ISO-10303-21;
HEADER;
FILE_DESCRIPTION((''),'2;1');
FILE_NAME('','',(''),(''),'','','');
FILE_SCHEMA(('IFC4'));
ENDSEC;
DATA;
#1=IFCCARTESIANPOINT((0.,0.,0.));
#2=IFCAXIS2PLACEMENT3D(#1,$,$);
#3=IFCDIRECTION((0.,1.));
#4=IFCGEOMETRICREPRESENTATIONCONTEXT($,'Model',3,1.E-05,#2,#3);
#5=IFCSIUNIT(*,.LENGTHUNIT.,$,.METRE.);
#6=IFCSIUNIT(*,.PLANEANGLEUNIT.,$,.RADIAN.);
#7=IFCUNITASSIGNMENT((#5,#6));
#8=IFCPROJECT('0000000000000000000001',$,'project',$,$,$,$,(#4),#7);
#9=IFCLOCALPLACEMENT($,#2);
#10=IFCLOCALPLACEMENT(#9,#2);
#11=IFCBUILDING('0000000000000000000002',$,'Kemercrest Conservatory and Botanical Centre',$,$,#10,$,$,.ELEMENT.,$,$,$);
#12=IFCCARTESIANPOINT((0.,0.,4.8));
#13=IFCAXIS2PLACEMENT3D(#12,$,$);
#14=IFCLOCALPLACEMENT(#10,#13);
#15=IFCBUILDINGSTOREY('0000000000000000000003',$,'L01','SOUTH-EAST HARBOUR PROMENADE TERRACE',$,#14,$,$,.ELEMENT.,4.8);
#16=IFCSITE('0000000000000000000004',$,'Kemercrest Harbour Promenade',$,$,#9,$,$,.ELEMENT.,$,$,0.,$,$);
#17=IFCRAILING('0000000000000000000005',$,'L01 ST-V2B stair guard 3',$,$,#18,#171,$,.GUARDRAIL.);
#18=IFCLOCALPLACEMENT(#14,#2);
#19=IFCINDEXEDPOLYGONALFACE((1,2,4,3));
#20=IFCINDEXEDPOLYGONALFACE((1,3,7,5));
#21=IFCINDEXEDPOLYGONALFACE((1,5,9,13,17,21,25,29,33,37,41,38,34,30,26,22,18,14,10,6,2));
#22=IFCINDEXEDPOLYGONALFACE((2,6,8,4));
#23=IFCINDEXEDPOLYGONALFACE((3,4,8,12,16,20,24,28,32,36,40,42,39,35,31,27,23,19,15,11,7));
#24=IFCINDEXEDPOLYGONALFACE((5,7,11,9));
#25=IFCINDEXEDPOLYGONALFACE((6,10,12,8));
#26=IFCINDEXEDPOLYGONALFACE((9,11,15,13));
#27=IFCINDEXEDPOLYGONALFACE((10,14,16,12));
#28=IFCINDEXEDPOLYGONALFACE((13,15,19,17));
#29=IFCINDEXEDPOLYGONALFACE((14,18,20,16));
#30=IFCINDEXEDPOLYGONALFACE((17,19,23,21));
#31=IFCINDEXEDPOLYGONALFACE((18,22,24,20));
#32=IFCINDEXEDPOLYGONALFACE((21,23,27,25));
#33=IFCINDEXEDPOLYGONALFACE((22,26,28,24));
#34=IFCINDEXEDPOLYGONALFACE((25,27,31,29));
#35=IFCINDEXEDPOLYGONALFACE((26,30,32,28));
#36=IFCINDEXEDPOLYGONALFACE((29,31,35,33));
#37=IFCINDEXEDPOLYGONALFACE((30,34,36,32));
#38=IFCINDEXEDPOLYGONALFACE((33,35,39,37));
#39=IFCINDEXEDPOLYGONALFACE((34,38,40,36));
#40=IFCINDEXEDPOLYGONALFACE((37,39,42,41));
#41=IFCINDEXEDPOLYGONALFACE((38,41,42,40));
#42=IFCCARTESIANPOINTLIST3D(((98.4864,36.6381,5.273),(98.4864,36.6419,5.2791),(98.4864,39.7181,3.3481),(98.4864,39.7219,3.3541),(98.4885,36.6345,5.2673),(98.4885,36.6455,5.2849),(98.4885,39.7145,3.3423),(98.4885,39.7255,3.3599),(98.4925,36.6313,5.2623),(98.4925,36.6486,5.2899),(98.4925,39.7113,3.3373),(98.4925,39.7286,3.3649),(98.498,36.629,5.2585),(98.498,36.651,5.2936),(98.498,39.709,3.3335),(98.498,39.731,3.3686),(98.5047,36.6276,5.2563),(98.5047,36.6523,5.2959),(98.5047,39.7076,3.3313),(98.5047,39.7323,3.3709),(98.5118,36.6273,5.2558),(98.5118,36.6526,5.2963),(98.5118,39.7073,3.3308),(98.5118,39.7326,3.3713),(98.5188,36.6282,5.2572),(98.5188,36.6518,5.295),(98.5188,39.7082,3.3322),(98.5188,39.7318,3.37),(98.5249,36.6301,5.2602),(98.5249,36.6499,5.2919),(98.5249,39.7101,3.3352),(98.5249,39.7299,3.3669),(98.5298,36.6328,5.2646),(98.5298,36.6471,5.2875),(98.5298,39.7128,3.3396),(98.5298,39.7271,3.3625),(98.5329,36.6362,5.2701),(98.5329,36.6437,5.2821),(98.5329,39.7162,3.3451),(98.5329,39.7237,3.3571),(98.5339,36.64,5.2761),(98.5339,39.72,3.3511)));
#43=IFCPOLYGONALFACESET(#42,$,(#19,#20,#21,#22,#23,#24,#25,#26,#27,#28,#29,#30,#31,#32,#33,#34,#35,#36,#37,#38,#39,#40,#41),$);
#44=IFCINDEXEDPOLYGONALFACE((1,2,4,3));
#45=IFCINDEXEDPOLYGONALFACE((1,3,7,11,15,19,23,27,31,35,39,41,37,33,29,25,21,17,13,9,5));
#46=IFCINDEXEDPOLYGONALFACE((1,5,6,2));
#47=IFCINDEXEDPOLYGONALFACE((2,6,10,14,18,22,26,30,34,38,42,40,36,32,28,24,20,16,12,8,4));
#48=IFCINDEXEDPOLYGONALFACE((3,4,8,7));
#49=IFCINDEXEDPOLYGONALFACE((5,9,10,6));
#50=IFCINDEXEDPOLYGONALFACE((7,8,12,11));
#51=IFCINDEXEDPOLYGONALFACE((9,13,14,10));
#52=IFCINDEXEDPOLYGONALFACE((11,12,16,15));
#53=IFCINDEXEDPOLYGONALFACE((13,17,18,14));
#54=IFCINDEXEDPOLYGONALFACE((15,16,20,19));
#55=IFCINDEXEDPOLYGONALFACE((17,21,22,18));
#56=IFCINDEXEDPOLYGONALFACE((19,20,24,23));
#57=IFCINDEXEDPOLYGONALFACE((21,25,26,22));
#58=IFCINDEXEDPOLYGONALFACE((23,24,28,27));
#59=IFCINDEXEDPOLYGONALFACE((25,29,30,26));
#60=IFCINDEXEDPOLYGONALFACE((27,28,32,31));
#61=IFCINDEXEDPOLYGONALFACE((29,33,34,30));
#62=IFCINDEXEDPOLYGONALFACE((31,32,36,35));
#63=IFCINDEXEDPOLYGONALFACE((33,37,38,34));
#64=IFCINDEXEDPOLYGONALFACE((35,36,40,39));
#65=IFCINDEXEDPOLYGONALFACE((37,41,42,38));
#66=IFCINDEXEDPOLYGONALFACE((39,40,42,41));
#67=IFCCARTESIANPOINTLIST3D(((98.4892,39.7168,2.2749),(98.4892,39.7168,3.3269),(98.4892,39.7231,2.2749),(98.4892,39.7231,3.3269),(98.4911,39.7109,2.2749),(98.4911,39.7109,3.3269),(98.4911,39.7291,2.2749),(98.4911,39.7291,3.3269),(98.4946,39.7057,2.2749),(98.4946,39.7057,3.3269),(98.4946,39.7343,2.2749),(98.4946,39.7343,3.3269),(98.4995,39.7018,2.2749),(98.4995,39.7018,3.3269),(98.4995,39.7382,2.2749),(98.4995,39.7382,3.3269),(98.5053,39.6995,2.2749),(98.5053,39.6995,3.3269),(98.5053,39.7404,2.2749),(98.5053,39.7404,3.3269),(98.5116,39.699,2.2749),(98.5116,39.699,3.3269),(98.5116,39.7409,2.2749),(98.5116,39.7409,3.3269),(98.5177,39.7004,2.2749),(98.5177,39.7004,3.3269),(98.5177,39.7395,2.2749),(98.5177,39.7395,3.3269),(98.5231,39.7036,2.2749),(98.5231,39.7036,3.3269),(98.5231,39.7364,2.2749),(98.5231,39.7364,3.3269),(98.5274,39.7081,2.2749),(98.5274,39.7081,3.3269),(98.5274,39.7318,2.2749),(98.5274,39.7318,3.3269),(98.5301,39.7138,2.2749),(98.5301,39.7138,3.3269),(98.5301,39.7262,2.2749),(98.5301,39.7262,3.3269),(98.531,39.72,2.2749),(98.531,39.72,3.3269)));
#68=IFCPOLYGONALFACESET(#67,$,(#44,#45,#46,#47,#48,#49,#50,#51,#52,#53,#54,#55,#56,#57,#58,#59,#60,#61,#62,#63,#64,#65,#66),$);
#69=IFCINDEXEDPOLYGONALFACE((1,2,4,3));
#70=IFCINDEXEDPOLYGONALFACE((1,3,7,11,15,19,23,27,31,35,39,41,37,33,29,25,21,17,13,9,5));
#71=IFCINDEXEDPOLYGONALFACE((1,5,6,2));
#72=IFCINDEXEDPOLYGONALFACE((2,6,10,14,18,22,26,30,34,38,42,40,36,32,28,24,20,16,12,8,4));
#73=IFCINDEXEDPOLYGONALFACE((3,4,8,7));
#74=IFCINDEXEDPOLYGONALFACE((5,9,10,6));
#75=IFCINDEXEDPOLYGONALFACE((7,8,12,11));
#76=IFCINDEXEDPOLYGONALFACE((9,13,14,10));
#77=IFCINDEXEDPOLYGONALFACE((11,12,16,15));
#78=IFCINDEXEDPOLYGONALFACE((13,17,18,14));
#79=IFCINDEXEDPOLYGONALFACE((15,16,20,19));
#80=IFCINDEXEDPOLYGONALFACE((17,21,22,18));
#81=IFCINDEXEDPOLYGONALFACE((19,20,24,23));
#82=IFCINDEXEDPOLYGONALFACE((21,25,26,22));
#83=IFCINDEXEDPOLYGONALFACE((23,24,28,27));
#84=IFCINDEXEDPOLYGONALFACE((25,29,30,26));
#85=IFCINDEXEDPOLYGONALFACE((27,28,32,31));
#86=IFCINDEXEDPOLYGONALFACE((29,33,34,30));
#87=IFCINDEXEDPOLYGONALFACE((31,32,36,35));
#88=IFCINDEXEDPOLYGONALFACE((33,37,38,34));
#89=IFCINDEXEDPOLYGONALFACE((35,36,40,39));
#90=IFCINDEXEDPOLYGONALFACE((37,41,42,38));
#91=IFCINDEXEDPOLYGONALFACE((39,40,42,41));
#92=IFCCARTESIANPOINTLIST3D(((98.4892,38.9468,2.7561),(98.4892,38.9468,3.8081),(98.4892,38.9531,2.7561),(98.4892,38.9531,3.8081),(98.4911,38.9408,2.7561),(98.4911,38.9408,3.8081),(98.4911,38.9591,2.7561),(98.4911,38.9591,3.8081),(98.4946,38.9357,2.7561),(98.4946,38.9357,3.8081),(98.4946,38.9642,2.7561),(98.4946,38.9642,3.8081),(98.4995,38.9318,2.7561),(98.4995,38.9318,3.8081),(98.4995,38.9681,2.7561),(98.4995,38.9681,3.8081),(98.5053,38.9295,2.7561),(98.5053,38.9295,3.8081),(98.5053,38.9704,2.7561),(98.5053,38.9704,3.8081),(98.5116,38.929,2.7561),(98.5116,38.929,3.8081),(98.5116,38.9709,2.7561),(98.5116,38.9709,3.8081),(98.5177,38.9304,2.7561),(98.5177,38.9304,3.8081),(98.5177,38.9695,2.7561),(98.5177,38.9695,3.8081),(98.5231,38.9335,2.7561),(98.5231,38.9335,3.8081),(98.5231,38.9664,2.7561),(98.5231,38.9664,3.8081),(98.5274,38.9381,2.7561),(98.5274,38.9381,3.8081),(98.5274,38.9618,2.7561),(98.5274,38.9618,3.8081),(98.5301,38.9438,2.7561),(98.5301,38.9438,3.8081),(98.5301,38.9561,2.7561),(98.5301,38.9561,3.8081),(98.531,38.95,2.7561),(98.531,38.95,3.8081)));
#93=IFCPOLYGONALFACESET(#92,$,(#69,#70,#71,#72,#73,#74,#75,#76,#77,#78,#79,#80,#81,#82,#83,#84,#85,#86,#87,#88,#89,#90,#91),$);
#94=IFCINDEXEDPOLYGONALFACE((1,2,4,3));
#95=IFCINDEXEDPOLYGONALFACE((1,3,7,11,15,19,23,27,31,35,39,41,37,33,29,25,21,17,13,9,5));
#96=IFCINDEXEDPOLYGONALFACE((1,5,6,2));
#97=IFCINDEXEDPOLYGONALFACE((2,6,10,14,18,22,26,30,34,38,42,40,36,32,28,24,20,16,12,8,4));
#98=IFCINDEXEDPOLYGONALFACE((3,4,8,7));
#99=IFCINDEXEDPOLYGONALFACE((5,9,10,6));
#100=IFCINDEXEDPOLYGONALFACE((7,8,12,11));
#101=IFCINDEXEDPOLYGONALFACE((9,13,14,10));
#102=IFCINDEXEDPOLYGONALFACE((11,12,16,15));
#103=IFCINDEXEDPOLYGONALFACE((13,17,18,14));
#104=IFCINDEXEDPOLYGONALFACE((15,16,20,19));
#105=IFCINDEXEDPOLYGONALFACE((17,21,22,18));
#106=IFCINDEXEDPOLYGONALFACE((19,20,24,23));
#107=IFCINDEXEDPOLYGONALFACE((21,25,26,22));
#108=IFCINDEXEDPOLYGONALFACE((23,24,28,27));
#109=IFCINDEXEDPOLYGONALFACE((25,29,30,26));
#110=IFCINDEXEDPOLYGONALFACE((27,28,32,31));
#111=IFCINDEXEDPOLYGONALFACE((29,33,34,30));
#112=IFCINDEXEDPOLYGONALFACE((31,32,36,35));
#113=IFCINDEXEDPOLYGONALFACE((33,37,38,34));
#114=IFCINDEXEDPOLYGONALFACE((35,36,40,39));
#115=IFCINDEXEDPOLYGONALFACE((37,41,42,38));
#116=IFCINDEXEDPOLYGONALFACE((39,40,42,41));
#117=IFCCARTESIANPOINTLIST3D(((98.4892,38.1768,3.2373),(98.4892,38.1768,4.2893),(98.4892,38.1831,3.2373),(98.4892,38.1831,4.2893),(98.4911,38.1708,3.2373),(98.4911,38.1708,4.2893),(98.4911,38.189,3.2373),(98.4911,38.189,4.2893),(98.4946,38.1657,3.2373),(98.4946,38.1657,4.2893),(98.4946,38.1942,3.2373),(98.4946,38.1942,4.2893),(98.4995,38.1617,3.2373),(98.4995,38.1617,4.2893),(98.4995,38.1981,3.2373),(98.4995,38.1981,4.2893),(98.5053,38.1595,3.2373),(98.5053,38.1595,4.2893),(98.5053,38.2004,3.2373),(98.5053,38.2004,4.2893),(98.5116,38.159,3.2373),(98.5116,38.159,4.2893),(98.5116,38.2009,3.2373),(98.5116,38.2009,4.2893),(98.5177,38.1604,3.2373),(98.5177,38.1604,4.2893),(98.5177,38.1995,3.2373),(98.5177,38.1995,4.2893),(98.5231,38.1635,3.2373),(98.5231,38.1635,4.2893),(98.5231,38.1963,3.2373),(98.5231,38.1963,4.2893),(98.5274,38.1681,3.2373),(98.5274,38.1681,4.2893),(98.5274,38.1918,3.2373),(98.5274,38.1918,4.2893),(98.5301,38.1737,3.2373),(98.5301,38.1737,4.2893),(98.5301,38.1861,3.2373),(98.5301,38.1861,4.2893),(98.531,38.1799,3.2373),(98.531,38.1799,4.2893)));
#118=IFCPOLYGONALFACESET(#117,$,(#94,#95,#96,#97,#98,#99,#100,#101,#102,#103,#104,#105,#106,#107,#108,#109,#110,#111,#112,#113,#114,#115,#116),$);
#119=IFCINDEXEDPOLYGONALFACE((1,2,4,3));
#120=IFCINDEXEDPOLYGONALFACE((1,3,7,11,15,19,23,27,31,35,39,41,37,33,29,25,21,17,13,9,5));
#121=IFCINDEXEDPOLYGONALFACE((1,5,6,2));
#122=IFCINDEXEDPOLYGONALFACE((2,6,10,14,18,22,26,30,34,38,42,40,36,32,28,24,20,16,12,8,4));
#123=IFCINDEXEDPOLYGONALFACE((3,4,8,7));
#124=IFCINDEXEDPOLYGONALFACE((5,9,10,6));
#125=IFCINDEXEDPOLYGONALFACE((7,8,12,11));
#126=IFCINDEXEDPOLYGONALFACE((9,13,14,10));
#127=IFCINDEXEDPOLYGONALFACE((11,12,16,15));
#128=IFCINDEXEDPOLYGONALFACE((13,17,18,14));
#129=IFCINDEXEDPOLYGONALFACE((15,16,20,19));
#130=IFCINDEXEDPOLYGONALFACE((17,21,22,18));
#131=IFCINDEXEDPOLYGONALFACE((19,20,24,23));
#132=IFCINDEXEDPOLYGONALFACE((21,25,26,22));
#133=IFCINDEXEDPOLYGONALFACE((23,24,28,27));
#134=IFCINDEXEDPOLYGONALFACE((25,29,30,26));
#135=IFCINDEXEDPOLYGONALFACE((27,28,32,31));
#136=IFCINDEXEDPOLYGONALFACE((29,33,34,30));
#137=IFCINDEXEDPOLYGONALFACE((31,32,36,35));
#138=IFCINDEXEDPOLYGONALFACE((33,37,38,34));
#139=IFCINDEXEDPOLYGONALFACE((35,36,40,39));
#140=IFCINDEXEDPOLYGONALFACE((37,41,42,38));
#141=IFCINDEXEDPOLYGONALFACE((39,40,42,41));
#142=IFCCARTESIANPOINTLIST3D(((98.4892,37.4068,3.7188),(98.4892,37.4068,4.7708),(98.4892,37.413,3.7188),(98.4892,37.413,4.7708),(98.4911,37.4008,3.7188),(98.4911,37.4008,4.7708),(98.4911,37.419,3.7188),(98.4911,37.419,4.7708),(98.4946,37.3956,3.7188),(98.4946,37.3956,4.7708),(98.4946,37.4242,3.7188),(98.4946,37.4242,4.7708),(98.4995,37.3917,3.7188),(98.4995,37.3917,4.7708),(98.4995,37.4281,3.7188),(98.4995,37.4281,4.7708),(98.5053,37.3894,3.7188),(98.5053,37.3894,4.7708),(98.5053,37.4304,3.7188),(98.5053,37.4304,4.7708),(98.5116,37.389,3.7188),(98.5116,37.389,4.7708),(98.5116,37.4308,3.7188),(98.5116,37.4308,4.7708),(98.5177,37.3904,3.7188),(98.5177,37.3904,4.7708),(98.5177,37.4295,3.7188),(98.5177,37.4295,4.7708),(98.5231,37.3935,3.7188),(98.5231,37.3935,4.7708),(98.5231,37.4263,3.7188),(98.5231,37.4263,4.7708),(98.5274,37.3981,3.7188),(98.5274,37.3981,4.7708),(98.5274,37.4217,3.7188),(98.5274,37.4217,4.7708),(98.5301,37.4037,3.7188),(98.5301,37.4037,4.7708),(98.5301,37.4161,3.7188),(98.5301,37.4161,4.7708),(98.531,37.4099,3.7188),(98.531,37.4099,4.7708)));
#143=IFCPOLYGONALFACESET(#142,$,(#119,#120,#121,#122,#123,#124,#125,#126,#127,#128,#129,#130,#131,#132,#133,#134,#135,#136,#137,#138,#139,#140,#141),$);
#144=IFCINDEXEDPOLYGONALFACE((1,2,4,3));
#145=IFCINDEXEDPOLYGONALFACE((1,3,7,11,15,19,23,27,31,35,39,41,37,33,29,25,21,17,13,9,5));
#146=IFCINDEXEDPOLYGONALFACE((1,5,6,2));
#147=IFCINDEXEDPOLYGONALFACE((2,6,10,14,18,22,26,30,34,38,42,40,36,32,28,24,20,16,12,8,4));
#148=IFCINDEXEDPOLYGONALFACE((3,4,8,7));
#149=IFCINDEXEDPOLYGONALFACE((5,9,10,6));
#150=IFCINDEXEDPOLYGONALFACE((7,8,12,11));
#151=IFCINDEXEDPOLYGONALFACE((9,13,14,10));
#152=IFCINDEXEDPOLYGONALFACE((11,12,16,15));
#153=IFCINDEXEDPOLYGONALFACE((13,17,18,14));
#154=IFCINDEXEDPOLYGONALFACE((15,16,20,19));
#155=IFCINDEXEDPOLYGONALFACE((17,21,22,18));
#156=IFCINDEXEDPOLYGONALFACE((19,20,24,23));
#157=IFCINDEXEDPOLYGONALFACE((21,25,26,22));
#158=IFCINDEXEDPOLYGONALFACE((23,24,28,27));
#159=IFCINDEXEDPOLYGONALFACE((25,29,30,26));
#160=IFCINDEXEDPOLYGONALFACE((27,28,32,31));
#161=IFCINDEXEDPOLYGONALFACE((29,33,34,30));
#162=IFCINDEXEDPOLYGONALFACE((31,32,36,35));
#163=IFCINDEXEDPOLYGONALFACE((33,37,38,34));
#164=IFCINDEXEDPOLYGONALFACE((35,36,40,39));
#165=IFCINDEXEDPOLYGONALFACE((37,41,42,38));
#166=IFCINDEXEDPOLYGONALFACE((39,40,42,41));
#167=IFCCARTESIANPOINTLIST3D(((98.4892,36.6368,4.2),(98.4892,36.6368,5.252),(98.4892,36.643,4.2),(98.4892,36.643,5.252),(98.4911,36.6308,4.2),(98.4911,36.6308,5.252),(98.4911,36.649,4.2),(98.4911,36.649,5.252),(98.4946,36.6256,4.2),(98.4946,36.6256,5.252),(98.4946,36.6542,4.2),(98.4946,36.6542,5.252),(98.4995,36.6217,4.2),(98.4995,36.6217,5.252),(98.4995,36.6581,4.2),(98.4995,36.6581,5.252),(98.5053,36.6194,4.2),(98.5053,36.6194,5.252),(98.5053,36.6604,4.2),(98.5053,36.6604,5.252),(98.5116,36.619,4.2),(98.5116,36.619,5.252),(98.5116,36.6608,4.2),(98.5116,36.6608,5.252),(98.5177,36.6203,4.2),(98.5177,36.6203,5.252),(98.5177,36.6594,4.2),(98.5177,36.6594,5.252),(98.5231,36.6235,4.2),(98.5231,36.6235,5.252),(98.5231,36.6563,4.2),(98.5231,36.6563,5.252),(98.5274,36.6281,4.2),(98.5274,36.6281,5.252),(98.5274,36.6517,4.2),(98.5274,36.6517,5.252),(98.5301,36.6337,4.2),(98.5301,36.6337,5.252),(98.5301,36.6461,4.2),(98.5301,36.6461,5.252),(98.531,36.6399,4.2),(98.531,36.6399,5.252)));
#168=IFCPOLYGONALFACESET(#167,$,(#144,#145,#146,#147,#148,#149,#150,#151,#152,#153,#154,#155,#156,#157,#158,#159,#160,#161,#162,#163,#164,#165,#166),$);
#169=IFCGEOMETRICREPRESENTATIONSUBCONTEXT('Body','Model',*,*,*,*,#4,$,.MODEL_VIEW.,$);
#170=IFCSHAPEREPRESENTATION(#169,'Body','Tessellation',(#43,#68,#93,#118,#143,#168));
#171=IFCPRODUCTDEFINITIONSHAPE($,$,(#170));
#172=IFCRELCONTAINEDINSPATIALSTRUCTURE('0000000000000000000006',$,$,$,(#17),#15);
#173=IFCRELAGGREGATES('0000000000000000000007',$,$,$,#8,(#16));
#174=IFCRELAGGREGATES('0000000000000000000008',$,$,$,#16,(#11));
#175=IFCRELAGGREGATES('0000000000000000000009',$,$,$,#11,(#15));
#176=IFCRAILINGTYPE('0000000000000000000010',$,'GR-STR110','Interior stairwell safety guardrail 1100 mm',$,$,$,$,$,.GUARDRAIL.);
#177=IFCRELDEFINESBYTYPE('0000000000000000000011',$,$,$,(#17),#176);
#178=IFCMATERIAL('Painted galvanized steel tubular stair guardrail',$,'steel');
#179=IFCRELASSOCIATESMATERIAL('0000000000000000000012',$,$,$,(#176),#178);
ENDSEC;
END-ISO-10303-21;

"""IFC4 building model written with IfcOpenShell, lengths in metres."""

from ifc_helpers import new_model, si_unit, direction, frame, origin, origin_2d, place, context, subcontext, project, spatial, circle, extrude, material, type_object, element, save


model = new_model("IFC4")

# Units and contexts
model_context = context("Model", 3, precision=1e-05, world=origin(), true_north=direction((0.0, 1.0)))
body_context = subcontext(model_context, "Body", "Model", "MODEL_VIEW")
ifc_project = project(units=[si_unit("LENGTHUNIT", "METRE"), si_unit("PLANEANGLEUNIT", "RADIAN")], contexts=[model_context])

# Site, building, storey
site_placement = place(None, origin())
site = spatial("IfcSite", under=ifc_project, at=site_placement, Name="Kemercrest Harbour Promenade", CompositionType="ELEMENT", RefElevation=0.0)
building_placement = place(site_placement, origin())
building = spatial("IfcBuilding", under=site, at=building_placement, Name="Kemercrest Conservatory and Botanical Centre", CompositionType="ELEMENT")
storey_placement = place(building_placement, frame((0.0, 0.0, 4.8)))
storey = spatial("IfcBuildingStorey", under=building, at=storey_placement, Name="L01", Description="SOUTH-EAST HARBOUR PROMENADE TERRACE", CompositionType="ELEMENT", Elevation=4.8)

# Railing
ifc_material_1 = material(Name="Painted galvanized steel tubular stair guardrail", Category="steel")
railing_type_1 = type_object("IfcRailingType", Name="GR-STR110", Description="Interior stairwell safety guardrail 1100 mm", PredefinedType="GUARDRAIL", material=ifc_material_1)
railing_1_placement = place(storey_placement, frame((98.51, 39.72, 2.2749)))
element("IfcRailing", 1, at=railing_1_placement, inside=storey, type_object=railing_type_1, Name="L01 ST-V2B stair guard 3", PredefinedType="GUARDRAIL", context=body_context, shape_type="SweptSolid", body=[
    extrude(circle(Radius=0.0239, at=origin_2d()), frame((0.0, 0.0, 1.0762), z_axis=(0.0, -0.847998, 0.529999), x_axis=(1.0, 0.0, 0.0)), (0.0, 0.0, 1.0), 3.6321),
    extrude(circle(Radius=0.021, at=origin_2d()), origin(), (0.0, 0.0, 1.0), 1.052),
    extrude(circle(Radius=0.021, at=origin_2d()), frame((0.0, -0.77, 0.4812)), (0.0, 0.0, 1.0), 1.052),
    extrude(circle(Radius=0.021, at=origin_2d()), frame((0.0, -1.54, 0.9624)), (0.0, 0.0, 1.0), 1.052),
    extrude(circle(Radius=0.021, at=origin_2d()), frame((0.0, -2.3101, 1.4438)), (0.0, 0.0, 1.0), 1.052),
    extrude(circle(Radius=0.021, at=origin_2d()), frame((0.0, -3.0801, 1.925)), (0.0, 0.0, 1.0), 1.052),
])

save(model, "model.ifc")
